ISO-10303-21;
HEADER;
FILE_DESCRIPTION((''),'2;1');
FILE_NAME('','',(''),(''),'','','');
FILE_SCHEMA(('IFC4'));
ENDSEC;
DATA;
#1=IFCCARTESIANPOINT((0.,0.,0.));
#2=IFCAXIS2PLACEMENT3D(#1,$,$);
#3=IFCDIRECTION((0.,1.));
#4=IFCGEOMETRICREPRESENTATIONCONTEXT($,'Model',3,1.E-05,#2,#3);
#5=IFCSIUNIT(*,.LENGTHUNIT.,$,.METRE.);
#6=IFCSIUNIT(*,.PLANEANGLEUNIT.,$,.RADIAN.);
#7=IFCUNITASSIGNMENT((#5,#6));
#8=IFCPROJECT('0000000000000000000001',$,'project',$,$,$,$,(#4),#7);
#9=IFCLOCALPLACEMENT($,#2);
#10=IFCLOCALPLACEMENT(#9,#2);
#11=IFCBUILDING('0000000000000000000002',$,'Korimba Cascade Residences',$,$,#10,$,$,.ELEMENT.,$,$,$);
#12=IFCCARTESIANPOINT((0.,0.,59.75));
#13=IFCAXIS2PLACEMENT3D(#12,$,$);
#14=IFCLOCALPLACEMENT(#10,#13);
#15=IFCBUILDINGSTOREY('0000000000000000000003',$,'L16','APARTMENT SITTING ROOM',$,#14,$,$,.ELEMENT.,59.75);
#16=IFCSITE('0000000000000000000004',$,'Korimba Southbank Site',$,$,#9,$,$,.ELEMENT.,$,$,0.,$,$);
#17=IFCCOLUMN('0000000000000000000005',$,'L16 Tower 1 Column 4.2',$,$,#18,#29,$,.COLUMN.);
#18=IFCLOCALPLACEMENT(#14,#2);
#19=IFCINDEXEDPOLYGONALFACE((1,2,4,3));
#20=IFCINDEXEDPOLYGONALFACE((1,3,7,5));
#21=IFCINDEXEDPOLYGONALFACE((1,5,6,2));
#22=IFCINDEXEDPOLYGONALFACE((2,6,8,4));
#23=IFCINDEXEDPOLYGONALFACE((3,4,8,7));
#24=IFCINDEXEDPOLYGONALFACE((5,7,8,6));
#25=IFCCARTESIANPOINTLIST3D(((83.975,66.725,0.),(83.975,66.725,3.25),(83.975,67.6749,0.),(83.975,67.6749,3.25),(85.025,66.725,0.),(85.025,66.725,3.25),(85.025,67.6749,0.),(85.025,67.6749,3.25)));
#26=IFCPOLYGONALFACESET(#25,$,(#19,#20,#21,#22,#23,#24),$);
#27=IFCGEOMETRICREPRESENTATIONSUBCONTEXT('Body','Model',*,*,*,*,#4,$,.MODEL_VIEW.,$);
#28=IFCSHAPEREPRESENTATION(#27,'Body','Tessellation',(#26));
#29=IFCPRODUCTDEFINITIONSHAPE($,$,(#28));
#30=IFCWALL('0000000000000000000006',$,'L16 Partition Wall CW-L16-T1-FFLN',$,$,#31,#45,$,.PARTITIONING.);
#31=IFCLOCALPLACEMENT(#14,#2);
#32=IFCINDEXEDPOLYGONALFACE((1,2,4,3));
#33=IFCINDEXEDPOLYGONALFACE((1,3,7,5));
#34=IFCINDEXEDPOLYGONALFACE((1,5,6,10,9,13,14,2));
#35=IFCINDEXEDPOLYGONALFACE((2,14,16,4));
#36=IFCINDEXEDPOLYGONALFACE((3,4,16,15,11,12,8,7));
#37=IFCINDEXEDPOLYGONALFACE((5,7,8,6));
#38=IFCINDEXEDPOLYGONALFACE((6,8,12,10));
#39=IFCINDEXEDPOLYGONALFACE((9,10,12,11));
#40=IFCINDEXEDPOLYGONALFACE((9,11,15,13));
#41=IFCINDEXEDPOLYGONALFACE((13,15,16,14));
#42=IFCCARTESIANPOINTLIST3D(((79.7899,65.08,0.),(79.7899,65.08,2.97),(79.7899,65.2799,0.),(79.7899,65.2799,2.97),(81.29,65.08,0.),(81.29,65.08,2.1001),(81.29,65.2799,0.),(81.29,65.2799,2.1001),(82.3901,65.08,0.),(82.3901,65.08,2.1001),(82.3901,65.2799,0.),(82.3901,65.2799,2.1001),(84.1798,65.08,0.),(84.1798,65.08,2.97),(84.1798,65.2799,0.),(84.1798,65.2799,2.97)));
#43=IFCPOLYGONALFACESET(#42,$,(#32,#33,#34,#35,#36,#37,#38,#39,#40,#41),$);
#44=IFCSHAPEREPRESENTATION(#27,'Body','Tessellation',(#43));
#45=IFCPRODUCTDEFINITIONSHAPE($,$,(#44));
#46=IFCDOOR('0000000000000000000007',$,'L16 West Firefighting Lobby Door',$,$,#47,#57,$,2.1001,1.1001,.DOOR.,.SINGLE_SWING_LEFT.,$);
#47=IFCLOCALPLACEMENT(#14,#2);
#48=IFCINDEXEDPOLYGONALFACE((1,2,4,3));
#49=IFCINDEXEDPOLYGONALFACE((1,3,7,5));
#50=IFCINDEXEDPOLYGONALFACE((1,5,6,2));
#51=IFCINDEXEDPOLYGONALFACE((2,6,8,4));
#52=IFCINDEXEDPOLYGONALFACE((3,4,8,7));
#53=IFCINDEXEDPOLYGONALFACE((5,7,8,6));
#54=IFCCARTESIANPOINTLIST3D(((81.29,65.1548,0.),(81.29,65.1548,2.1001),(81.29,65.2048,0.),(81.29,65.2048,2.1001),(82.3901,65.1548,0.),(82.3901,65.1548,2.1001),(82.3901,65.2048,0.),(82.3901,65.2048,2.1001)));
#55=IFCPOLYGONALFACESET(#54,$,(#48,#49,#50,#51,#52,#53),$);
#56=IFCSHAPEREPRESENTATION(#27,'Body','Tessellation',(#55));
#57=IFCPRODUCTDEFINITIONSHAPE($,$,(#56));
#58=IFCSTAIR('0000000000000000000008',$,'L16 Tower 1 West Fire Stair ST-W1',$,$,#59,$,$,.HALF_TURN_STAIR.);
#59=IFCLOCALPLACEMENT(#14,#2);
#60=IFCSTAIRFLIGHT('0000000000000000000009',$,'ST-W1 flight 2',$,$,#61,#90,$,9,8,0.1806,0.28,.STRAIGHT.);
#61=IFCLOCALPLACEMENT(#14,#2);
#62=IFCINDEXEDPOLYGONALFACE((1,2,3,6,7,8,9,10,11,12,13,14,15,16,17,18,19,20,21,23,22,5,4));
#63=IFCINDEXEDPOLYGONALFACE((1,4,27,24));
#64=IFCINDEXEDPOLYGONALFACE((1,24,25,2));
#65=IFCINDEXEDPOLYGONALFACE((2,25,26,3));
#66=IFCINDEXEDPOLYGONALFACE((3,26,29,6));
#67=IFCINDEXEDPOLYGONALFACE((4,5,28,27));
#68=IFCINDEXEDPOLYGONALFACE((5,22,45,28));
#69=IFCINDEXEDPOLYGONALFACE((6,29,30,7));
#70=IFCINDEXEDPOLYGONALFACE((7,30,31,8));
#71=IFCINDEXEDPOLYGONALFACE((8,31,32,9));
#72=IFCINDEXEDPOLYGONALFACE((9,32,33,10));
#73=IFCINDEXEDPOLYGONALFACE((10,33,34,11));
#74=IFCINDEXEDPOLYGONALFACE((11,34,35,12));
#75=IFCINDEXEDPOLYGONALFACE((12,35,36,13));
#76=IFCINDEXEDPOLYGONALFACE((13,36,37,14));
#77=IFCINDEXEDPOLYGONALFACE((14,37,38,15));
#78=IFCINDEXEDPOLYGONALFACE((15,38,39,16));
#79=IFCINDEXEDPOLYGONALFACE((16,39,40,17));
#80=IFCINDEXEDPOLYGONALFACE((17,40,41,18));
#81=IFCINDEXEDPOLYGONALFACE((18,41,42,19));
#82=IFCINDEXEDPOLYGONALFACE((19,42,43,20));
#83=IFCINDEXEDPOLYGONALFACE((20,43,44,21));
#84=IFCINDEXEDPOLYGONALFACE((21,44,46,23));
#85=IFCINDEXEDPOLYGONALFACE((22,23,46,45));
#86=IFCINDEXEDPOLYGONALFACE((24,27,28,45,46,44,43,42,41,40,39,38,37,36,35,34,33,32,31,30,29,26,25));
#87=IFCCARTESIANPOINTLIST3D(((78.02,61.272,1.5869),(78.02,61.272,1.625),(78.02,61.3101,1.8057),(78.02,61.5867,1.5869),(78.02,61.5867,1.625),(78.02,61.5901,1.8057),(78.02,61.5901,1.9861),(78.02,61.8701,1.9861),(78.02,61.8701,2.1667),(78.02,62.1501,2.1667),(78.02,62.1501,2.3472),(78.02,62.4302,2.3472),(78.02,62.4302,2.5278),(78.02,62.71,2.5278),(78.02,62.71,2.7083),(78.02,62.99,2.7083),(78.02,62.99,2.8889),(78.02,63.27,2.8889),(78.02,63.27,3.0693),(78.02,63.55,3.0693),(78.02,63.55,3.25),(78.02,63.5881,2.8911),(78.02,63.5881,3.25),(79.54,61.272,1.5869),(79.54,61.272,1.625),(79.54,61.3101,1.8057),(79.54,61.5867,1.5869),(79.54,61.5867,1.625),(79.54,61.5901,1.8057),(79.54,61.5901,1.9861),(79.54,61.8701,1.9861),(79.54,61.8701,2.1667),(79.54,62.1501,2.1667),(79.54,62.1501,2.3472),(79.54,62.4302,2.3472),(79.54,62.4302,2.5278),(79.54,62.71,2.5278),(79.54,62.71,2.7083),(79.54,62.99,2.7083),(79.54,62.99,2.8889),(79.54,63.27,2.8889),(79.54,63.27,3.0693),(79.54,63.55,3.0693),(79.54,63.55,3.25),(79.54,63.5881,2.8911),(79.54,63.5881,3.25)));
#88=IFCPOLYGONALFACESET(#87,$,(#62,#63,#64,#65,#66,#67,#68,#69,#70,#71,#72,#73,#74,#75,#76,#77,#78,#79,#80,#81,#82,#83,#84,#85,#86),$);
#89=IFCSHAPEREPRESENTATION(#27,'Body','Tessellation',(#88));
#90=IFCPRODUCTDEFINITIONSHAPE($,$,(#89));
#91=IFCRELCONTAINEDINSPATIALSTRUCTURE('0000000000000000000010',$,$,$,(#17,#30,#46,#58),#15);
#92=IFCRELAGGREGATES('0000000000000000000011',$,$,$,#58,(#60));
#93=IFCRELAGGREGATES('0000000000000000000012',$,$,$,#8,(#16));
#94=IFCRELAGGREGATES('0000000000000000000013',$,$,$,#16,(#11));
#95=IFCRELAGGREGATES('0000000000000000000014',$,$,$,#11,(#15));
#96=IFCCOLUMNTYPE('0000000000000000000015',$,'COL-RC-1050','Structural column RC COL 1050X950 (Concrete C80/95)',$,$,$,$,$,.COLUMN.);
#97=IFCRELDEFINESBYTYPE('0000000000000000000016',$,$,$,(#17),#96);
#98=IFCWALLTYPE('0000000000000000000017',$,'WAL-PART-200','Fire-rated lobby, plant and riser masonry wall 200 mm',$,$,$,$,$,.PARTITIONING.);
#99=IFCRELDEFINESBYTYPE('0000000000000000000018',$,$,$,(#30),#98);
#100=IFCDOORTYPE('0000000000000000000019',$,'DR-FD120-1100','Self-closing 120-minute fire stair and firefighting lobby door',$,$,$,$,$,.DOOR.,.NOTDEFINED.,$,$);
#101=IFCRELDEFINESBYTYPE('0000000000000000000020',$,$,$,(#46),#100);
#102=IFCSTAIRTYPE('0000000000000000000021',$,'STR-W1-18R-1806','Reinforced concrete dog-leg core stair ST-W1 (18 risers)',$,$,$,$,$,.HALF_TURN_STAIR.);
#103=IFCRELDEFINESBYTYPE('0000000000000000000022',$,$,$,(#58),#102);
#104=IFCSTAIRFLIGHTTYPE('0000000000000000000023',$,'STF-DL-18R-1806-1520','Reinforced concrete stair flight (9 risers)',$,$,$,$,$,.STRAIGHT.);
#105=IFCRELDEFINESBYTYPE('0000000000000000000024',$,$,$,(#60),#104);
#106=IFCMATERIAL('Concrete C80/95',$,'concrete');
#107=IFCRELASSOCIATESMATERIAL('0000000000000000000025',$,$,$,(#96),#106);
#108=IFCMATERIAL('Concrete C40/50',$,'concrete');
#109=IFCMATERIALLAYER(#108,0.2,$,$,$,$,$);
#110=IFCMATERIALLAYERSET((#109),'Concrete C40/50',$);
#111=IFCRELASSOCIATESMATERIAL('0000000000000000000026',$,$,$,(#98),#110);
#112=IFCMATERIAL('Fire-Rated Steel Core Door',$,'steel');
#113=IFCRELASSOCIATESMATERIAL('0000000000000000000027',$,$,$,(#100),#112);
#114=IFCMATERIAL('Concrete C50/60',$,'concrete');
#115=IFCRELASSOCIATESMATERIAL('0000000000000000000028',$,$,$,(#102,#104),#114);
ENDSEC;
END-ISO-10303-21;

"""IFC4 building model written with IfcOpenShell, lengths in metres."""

from ifc_helpers import new_model, si_unit, direction, frame, frame_2d, origin, origin_2d, place, context, subcontext, project, spatial, polyline, rectangle, outline, extrude, material, layer, layer_set, material_profile, profile_set, type_object, element, fill, aggregate, save


model = new_model("IFC4")

# Units and contexts
model_context = context("Model", 3, precision=1e-05, world=origin(), true_north=direction((0.0, 1.0)))
body_context = subcontext(model_context, "Body", "Model", "MODEL_VIEW")
ifc_project = project(units=[si_unit("LENGTHUNIT", "METRE"), si_unit("PLANEANGLEUNIT", "RADIAN")], contexts=[model_context])

# Site, building, storey
site_placement = place(None, origin())
site = spatial("IfcSite", under=ifc_project, at=site_placement, Name="Korimba Southbank Site", CompositionType="ELEMENT", RefElevation=0.0)
building_placement = place(site_placement, origin())
building = spatial("IfcBuilding", under=site, at=building_placement, Name="Korimba Cascade Residences", CompositionType="ELEMENT")
storey_placement = place(building_placement, frame((0.0, 0.0, 59.75)))
storey = spatial("IfcBuildingStorey", under=building, at=storey_placement, Name="L16", Description="APARTMENT SITTING ROOM", CompositionType="ELEMENT", Elevation=59.75)

# Column
ifc_material_1 = material(Name="Concrete C80/95", Category="concrete")
ifc_material_profile = material_profile(ifc_material_1, rectangle(XDim=1.05, YDim=0.95, at=origin_2d()), Name="Concrete C80/95")
ifc_profile_set = profile_set([ifc_material_profile], Name="Concrete C80/95")
column_type = type_object("IfcColumnType", Name="COL-RC-1050", Description="Structural column RC COL 1050X950 (Concrete C80/95)", PredefinedType="COLUMN", material=ifc_profile_set)
column_placement = place(storey_placement, frame((84.5, 67.2, 0.0), z_axis=(0.0, 0.0, 1.0), x_axis=(1.0, 0.0, 0.0)))
element("IfcColumn", 1, at=column_placement, inside=storey, type_object=column_type, Name="L16 Tower 1 Column 4.2", PredefinedType="COLUMN", context=body_context, shape_type="SweptSolid", body=[
    extrude(rectangle(XDim=1.05, YDim=0.95, at=origin_2d()), origin(), (0.0, 0.0, 1.0), 3.25),
])

# Wall, opening, door
ifc_material_2 = material(Name="Concrete C40/50", Category="concrete")
ifc_layer_1 = layer(ifc_material_2, 0.2)
ifc_layer_set_1 = layer_set([ifc_layer_1], Name="Concrete C40/50")
wall_type_1 = type_object("IfcWallType", Name="WAL-PART-200", Description="Fire-rated lobby, plant and riser masonry wall 200 mm", PredefinedType="PARTITIONING", material=ifc_layer_set_1)
wall_1_placement = place(storey_placement, frame((79.79, 65.1799, 0.0), z_axis=(0.0, 0.0, 1.0), x_axis=(1.0, 0.0, 0.0)))
wall_1 = element("IfcWall", 2, at=wall_1_placement, inside=storey, type_object=wall_type_1, Name="L16 Partition Wall CW-L16-T1-FFLN", PredefinedType="PARTITIONING", context=body_context, shape_type="SweptSolid", body=[
    extrude(rectangle(XDim=4.3899, YDim=0.2, at=frame_2d((2.1948, 0.0))), origin(), (0.0, 0.0, 1.0), 2.97),
])
opening_1_placement = place(wall_1_placement, frame((1.5, 0.0, 0.0)))
opening_1 = element("IfcOpeningElement", 3, at=opening_1_placement, cuts=wall_1, PredefinedType="OPENING", context=body_context, shape_type="SweptSolid", body=[
    extrude(rectangle(XDim=1.1001, YDim=2.1001, at=frame_2d((0.55, 1.05))), frame((0.0, 0.1099, 0.0), z_axis=(0.0, -1.0, 0.0), x_axis=(1.0, 0.0, 0.0)), (0.0, 0.0, 1.0), 0.22),
])
ifc_material_3 = material(Name="Fire-Rated Steel Core Door", Category="steel")
door_type_1 = type_object("IfcDoorType", Name="DR-FD120-1100", Description="Self-closing 120-minute fire stair and firefighting lobby door", OperationType="NOTDEFINED", PredefinedType="DOOR", material=ifc_material_3)
door_1_placement = place(opening_1_placement, origin())
door_1 = element("IfcDoor", 4, at=door_1_placement, inside=storey, type_object=door_type_1, Name="L16 West Firefighting Lobby Door", OperationType="SINGLE_SWING_LEFT", OverallHeight=2.1001, OverallWidth=1.1001, PredefinedType="DOOR", context=body_context, shape_type="SweptSolid", body=[
    extrude(rectangle(XDim=1.1001, YDim=2.1001, at=frame_2d((0.55, 1.05))), frame((0.0, 0.0249, 0.0), z_axis=(0.0, -1.0, 0.0), x_axis=(1.0, 0.0, 0.0)), (0.0, 0.0, 1.0), 0.05),
])
fill(opening_1, door_1)

# Shared definitions
ifc_material_4 = material(Name="Concrete C50/60", Category="concrete")

# Stair, stair flight
stair_type = type_object("IfcStairType", Name="STR-W1-18R-1806", Description="Reinforced concrete dog-leg core stair ST-W1 (18 risers)", PredefinedType="HALF_TURN_STAIR", material=ifc_material_4)
stair_placement = place(storey_placement, origin())
stair = element("IfcStair", 5, at=stair_placement, inside=storey, type_object=stair_type, Name="L16 Tower 1 West Fire Stair ST-W1", PredefinedType="HALF_TURN_STAIR")
stair_flight_type = type_object("IfcStairFlightType", Name="STF-DL-18R-1806-1520", Description="Reinforced concrete stair flight (9 risers)", PredefinedType="STRAIGHT", material=ifc_material_4)
stair_flight_placement = place(storey_placement, frame((78.78, 61.3101, 1.625), z_axis=(0.0, 0.0, 1.0), x_axis=(0.0, 1.0, 0.0)))
stair_flight = element("IfcStairFlight", 6, at=stair_flight_placement, type_object=stair_flight_type, Name="ST-W1 flight 2", NumberOfRisers=9, NumberOfTreads=8, PredefinedType="STRAIGHT", RiserHeight=0.1806, TreadLength=0.28, context=body_context, shape_type="SweptSolid", body=[
    extrude(outline(polyline([(-0.0381, 0.0), (0.0, 0.1807), (0.28, 0.1807), (0.28, 0.3611), (0.5601, 0.3611), (0.5601, 0.5417), (0.8401, 0.5417), (0.8401, 0.7222), (1.1201, 0.7222), (1.1201, 0.9028), (1.3999, 0.9028), (1.3999, 1.0833), (1.6799, 1.0833), (1.6799, 1.2639), (1.96, 1.2639), (1.96, 1.4443), (2.24, 1.4443), (2.24, 1.625), (2.2781, 1.625), (2.2781, 1.2661), (0.2766, 0.0), (0.2766, -0.0381), (-0.0381, -0.0381), (-0.0381, 0.0)])), frame((0.0, 0.76, 0.0), z_axis=(0.0, -1.0, 0.0), x_axis=(1.0, 0.0, 0.0)), (0.0, 0.0, 1.0), 1.52),
])
aggregate(stair, [stair_flight])

save(model, "model.ifc")
